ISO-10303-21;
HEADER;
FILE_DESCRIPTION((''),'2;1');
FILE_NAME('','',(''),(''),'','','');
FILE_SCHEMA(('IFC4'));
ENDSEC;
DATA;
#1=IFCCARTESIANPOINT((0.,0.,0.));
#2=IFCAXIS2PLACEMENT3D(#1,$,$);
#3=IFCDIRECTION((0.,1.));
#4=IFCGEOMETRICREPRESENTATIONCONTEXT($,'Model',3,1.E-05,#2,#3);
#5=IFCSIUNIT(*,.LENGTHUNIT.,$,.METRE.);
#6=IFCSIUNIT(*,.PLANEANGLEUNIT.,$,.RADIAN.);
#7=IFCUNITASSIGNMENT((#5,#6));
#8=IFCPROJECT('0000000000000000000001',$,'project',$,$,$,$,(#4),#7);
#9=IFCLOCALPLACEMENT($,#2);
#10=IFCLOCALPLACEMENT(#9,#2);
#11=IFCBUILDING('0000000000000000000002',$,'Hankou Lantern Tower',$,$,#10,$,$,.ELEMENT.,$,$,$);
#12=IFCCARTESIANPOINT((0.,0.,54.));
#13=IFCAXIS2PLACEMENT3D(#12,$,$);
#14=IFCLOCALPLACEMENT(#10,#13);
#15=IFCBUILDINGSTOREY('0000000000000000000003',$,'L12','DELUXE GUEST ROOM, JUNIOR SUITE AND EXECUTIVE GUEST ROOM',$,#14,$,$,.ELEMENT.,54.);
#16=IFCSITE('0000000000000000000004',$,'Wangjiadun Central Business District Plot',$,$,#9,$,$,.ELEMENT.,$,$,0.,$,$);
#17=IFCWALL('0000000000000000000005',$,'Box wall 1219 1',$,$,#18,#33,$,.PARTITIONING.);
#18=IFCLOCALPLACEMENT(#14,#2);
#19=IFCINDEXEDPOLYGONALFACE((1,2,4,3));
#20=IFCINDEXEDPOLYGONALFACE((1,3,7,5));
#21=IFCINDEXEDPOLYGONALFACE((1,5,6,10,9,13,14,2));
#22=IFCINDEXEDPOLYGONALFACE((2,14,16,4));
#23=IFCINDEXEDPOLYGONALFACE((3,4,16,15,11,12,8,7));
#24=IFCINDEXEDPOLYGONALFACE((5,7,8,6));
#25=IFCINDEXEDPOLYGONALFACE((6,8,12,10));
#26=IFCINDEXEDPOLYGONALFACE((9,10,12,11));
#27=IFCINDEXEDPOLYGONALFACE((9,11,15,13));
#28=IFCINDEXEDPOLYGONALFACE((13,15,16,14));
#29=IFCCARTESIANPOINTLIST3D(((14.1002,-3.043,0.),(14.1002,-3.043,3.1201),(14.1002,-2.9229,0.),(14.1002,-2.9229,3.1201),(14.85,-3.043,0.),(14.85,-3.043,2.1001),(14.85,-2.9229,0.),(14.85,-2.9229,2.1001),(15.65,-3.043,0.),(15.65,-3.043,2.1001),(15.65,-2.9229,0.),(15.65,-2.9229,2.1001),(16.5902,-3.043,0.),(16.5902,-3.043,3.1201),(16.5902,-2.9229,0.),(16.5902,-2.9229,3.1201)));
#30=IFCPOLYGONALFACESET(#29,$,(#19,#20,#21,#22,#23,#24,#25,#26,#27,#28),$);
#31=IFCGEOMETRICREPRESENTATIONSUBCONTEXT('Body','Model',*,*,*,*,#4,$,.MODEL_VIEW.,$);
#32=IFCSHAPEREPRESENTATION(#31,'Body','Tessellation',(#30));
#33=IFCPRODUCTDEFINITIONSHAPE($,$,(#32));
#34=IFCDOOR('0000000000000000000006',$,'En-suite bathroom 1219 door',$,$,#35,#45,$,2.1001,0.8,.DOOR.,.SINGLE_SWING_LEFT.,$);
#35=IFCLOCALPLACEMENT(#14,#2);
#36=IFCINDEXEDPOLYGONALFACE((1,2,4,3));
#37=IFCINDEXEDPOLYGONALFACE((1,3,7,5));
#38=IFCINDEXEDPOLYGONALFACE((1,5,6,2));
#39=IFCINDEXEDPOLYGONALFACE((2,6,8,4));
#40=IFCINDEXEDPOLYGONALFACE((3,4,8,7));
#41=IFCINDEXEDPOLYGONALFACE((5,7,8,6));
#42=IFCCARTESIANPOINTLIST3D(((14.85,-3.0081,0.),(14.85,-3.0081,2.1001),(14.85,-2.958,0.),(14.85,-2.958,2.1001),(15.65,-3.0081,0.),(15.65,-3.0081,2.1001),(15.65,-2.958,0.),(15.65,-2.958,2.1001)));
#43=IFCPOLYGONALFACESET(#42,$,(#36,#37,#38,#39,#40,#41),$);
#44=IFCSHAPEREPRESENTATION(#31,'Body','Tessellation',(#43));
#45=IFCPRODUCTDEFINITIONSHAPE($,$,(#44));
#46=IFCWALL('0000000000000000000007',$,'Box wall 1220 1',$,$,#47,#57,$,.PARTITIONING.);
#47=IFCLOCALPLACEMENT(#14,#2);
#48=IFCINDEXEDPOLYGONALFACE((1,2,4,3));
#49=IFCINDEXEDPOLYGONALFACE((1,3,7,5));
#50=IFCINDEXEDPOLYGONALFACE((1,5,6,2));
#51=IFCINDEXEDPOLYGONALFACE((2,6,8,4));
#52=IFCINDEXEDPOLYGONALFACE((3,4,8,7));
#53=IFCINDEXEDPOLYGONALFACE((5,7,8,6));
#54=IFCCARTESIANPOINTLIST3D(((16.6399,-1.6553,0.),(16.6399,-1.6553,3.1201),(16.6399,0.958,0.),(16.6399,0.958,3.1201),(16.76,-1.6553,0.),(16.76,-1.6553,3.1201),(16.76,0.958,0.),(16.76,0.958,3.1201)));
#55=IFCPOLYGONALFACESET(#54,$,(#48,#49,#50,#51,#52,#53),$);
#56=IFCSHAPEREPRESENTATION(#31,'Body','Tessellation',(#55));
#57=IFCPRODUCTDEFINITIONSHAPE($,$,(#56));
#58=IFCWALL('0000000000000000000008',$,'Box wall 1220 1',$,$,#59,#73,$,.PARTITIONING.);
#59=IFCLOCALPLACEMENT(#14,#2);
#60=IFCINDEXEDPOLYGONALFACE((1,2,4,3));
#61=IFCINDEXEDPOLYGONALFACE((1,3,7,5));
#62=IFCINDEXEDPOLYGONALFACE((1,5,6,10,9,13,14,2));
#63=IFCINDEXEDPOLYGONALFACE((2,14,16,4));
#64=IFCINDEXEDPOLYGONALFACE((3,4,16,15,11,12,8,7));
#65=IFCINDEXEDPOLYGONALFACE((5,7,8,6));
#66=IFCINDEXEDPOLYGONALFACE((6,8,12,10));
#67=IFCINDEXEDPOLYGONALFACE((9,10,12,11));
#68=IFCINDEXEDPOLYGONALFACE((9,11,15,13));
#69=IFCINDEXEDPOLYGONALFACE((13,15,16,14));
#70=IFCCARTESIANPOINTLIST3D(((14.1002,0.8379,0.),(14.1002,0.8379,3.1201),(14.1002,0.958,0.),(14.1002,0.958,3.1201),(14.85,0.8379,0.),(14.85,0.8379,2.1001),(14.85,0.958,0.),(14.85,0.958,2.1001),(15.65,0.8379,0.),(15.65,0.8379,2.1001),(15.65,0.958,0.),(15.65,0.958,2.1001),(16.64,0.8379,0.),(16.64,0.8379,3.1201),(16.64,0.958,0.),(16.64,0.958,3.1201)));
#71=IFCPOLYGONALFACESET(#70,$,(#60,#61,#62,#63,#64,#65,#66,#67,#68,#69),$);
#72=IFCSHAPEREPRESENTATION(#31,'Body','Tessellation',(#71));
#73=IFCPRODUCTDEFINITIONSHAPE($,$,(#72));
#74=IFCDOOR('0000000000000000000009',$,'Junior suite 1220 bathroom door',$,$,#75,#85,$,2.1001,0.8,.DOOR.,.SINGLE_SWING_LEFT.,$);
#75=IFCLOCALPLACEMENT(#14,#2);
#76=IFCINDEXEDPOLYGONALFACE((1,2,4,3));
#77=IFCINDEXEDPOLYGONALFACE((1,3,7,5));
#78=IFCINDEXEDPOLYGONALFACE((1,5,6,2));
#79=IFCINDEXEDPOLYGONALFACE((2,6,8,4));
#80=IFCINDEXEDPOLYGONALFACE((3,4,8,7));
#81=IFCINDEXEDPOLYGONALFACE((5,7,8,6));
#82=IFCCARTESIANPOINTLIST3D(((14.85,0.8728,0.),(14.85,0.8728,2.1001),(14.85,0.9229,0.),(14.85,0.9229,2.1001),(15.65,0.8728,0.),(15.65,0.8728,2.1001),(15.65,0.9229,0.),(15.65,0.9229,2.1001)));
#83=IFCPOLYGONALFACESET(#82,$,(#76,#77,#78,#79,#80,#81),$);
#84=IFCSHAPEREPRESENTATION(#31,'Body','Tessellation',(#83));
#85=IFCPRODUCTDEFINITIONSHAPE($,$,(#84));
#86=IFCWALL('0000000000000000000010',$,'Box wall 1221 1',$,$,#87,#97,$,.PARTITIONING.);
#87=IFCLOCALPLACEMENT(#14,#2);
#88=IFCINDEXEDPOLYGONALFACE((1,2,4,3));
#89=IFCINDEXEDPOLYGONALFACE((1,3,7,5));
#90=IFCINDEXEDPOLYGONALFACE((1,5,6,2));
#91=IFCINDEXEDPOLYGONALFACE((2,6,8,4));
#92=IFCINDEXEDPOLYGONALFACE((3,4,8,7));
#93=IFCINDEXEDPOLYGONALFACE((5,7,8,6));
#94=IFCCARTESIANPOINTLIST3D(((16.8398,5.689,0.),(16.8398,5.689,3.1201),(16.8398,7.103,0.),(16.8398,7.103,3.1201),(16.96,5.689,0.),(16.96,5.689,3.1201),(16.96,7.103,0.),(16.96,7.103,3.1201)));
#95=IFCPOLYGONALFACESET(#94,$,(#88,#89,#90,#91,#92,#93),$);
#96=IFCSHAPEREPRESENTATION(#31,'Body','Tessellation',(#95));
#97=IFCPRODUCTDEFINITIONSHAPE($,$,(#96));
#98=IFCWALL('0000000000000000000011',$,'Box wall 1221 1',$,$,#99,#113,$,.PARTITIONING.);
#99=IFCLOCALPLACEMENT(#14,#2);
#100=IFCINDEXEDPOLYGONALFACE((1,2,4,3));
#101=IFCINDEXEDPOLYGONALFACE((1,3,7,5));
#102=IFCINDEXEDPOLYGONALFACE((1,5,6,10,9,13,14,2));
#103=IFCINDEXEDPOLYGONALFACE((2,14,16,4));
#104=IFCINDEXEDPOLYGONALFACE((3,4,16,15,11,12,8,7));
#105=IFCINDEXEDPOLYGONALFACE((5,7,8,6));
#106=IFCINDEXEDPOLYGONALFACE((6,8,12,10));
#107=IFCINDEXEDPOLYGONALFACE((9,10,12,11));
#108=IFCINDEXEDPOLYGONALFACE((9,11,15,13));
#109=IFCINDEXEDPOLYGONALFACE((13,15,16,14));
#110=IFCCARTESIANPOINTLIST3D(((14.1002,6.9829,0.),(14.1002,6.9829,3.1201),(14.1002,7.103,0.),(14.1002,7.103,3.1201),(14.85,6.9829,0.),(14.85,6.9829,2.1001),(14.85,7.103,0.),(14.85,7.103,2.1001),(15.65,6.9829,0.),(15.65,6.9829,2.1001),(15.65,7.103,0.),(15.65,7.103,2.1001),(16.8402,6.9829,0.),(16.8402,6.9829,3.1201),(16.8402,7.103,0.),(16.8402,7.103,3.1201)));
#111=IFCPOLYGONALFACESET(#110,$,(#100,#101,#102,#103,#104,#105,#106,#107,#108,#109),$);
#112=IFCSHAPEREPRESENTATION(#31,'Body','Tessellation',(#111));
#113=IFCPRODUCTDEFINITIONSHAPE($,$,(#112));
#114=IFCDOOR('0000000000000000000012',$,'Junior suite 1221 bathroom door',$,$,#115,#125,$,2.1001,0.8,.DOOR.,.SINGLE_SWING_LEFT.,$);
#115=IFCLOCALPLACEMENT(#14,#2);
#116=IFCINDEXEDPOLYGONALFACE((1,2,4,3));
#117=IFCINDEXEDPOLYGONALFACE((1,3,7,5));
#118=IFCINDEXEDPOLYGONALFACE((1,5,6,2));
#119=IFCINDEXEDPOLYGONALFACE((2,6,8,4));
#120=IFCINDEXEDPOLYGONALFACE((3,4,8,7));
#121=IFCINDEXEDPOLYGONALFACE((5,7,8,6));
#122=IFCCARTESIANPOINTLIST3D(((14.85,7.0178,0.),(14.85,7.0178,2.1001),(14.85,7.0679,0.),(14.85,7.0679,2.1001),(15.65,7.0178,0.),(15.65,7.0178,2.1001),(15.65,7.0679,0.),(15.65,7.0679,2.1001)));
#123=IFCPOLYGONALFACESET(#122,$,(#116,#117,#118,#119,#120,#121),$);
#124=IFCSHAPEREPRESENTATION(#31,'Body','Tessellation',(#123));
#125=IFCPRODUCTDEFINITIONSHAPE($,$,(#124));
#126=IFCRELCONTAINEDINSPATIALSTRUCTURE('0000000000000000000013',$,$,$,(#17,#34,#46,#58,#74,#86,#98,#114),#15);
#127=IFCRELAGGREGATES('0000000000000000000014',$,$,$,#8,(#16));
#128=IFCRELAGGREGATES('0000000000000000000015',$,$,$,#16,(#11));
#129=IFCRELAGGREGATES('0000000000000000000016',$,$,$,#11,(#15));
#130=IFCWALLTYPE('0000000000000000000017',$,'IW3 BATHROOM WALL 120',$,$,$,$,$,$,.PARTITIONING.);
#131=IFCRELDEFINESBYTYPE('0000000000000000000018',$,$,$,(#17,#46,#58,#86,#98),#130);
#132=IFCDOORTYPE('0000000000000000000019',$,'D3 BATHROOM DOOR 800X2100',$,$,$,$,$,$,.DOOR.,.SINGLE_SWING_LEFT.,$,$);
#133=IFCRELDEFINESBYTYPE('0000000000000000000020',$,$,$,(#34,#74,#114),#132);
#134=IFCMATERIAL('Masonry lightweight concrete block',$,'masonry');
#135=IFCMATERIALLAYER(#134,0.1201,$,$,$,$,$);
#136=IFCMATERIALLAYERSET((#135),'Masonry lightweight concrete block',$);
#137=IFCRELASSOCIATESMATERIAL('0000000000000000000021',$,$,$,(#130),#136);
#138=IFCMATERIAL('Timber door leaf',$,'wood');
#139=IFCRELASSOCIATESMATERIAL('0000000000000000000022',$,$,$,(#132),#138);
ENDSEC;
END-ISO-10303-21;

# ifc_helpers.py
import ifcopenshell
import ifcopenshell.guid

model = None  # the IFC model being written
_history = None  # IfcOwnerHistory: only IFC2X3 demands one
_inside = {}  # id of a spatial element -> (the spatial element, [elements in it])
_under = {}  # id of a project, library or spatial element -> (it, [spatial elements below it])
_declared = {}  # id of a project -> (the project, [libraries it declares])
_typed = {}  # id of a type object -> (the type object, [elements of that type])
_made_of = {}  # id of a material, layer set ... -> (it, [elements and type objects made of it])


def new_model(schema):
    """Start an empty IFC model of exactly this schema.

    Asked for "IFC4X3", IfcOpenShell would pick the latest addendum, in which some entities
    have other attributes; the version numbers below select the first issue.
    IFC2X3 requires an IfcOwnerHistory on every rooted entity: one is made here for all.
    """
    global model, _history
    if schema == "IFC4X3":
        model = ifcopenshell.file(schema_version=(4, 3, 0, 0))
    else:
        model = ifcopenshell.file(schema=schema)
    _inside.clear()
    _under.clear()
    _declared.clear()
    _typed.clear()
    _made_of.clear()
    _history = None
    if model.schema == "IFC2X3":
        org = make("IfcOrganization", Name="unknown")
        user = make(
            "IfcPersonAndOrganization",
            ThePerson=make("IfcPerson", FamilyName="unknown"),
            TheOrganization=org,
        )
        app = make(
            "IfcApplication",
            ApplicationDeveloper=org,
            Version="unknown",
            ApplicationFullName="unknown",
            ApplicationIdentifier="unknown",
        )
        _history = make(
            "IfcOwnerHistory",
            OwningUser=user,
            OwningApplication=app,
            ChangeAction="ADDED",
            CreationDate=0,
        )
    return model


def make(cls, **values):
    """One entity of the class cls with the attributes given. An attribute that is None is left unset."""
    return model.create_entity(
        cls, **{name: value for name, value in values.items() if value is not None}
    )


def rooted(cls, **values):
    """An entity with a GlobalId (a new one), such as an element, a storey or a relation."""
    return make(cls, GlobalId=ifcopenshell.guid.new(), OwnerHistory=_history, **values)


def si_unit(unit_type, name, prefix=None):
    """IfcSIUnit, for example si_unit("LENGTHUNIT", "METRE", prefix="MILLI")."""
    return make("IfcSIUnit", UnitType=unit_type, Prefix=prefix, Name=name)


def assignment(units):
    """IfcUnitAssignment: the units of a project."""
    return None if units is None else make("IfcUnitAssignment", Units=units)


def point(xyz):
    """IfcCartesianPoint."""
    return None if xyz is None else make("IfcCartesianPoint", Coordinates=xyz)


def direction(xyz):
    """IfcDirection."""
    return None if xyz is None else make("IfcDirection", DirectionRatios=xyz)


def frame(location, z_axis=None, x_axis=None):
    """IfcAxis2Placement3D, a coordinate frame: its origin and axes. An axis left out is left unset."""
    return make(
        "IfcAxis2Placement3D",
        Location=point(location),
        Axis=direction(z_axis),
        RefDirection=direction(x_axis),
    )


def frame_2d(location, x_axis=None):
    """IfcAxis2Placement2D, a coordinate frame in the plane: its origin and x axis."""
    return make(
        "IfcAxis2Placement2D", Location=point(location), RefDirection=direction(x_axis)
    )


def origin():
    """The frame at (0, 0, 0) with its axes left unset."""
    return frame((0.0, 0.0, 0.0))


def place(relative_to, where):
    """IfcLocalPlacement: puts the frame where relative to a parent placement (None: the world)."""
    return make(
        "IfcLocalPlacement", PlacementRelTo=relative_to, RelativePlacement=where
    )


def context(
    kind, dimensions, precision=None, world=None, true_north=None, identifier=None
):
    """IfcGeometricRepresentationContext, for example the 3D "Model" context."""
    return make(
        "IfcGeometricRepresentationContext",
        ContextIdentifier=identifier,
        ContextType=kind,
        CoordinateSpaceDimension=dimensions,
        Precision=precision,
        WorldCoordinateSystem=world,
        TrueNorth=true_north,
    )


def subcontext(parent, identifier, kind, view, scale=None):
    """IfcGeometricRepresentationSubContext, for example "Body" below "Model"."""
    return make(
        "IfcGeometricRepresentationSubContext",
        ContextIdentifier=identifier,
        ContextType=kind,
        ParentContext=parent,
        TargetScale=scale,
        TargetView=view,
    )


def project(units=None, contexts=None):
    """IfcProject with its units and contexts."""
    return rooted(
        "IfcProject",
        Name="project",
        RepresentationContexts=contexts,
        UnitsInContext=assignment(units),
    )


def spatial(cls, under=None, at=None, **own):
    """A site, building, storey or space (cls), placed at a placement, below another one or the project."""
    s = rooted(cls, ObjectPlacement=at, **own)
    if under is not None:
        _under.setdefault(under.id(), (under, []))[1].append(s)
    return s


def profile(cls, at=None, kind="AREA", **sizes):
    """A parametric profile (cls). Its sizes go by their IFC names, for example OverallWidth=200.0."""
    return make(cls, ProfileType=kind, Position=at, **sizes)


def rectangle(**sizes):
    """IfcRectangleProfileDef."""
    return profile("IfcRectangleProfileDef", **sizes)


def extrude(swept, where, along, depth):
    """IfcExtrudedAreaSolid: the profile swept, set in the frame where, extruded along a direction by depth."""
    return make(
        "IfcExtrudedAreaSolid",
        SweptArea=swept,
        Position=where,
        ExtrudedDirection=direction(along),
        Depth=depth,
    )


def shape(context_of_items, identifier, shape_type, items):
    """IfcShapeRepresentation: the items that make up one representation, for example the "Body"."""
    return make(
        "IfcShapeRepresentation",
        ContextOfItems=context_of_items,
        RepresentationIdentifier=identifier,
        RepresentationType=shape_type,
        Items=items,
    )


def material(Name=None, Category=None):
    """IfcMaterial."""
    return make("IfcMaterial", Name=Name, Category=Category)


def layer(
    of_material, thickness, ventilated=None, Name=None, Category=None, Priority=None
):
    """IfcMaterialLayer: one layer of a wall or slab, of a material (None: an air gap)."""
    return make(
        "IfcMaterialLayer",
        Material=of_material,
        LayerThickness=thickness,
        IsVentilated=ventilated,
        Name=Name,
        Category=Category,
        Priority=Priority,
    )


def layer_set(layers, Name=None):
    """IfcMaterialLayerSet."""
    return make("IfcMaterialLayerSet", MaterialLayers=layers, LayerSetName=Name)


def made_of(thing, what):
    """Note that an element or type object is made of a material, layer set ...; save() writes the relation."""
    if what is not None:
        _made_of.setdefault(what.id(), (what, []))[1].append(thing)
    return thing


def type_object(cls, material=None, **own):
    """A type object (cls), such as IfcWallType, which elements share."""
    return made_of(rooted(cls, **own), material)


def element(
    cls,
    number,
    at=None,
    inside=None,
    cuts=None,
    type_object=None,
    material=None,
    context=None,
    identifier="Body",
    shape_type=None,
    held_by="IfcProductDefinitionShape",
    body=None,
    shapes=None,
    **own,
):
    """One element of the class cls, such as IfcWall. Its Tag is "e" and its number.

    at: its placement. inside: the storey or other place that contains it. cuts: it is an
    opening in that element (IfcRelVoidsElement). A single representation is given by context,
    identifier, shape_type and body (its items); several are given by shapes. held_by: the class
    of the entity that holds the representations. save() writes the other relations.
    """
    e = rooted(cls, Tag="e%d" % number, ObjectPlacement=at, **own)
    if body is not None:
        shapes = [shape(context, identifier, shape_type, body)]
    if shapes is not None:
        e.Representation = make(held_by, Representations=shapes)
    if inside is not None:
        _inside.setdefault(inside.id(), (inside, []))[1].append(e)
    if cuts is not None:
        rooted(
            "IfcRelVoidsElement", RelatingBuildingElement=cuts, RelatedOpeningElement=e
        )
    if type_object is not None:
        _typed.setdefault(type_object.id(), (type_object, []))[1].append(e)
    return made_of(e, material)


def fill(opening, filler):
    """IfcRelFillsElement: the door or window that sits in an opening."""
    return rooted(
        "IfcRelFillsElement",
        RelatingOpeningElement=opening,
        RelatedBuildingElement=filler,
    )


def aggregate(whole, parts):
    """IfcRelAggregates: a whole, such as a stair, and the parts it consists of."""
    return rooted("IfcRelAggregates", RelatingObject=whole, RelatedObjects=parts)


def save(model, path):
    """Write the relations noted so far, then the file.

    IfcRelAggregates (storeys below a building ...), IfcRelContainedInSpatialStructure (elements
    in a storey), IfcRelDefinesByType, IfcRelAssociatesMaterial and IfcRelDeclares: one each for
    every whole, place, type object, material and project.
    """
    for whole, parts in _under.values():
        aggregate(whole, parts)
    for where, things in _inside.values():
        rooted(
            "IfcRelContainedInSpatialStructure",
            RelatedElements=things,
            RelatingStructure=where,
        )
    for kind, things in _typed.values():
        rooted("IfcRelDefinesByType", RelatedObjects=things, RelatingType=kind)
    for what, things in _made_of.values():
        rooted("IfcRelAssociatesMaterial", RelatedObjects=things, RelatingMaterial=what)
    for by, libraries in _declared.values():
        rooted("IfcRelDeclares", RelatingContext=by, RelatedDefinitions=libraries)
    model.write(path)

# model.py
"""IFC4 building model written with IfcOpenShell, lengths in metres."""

from ifc_helpers import new_model, si_unit, direction, frame, frame_2d, origin, place, context, subcontext, project, spatial, rectangle, extrude, material, layer, layer_set, type_object, element, fill, save


model = new_model("IFC4")

# Units and contexts
model_context = context("Model", 3, precision=1e-05, world=origin(), true_north=direction((0.0, 1.0)))
body_context = subcontext(model_context, "Body", "Model", "MODEL_VIEW")
ifc_project = project(units=[si_unit("LENGTHUNIT", "METRE"), si_unit("PLANEANGLEUNIT", "RADIAN")], contexts=[model_context])

# Site, building, storey
site_placement = place(None, origin())
site = spatial("IfcSite", under=ifc_project, at=site_placement, Name="Wangjiadun Central Business District Plot", CompositionType="ELEMENT", RefElevation=0.0)
building_placement = place(site_placement, origin())
building = spatial("IfcBuilding", under=site, at=building_placement, Name="Hankou Lantern Tower", CompositionType="ELEMENT")
storey_placement = place(building_placement, frame((0.0, 0.0, 54.0)))
storey = spatial("IfcBuildingStorey", under=building, at=storey_placement, Name="L12", Description="DELUXE GUEST ROOM, JUNIOR SUITE AND EXECUTIVE GUEST ROOM", CompositionType="ELEMENT", Elevation=54.0)

# Wall, opening, door
ifc_material_1 = material(Name="Masonry lightweight concrete block", Category="masonry")
ifc_layer_1 = layer(ifc_material_1, 0.1201)
ifc_layer_set_1 = layer_set([ifc_layer_1], Name="Masonry lightweight concrete block")
wall_type_1 = type_object("IfcWallType", Name="IW3 BATHROOM WALL 120", PredefinedType="PARTITIONING", material=ifc_layer_set_1)
wall_1_placement = place(storey_placement, frame((14.1001, -2.9829, 0.0), z_axis=(0.0, 0.0, 1.0), x_axis=(1.0, 0.0, 0.0)))
wall_1 = element("IfcWall", 1, at=wall_1_placement, inside=storey, type_object=wall_type_1, Name="Box wall 1219 1", PredefinedType="PARTITIONING", context=body_context, shape_type="SweptSolid", body=[
    extrude(rectangle(XDim=2.49, YDim=0.1201, at=frame_2d((1.2451, 0.0))), origin(), (0.0, 0.0, 1.0), 3.1201),
])
opening_1_placement = place(wall_1_placement, frame((0.75, 0.0, 0.0)))
opening_1 = element("IfcOpeningElement", 2, at=opening_1_placement, cuts=wall_1, PredefinedType="OPENING", context=body_context, shape_type="SweptSolid", body=[
    extrude(rectangle(XDim=0.8, YDim=2.1001, at=frame_2d((0.3999, 1.05))), frame((0.0, 0.0701, 0.0), z_axis=(0.0, -1.0, 0.0), x_axis=(1.0, 0.0, 0.0)), (0.0, 0.0, 1.0), 0.1401),
])
ifc_material_2 = material(Name="Timber door leaf", Category="wood")
door_type = type_object("IfcDoorType", Name="D3 BATHROOM DOOR 800X2100", OperationType="SINGLE_SWING_LEFT", PredefinedType="DOOR", material=ifc_material_2)
door_1_placement = place(opening_1_placement, origin())
door_1 = element("IfcDoor", 3, at=door_1_placement, inside=storey, type_object=door_type, Name="En-suite bathroom 1219 door", OperationType="SINGLE_SWING_LEFT", OverallHeight=2.1001, OverallWidth=0.8, PredefinedType="DOOR", context=body_context, shape_type="SweptSolid", body=[
    extrude(rectangle(XDim=0.8, YDim=2.1001, at=frame_2d((0.3999, 1.05))), frame((0.0, 0.0249, 0.0), z_axis=(0.0, -1.0, 0.0), x_axis=(1.0, 0.0, 0.0)), (0.0, 0.0, 1.0), 0.05),
])
fill(opening_1, door_1)

# Wall
wall_2_placement = place(storey_placement, frame((16.7, -1.6553, 0.0), z_axis=(0.0, 0.0, 1.0), x_axis=(0.0, 1.0, 0.0)))
element("IfcWall", 4, at=wall_2_placement, inside=storey, type_object=wall_type_1, Name="Box wall 1220 1", PredefinedType="PARTITIONING", context=body_context, shape_type="SweptSolid", body=[
    extrude(rectangle(XDim=2.6133, YDim=0.1201, at=frame_2d((1.3066, 0.0))), origin(), (0.0, 0.0, 1.0), 3.1201),
])

# Wall, opening, door
wall_3_placement = place(storey_placement, frame((14.1001, 0.8979, 0.0), z_axis=(0.0, 0.0, 1.0), x_axis=(1.0, 0.0, 0.0)))
wall_3 = element("IfcWall", 5, at=wall_3_placement, inside=storey, type_object=wall_type_1, Name="Box wall 1220 1", PredefinedType="PARTITIONING", context=body_context, shape_type="SweptSolid", body=[
    extrude(rectangle(XDim=2.5398, YDim=0.1201, at=frame_2d((1.27, 0.0))), origin(), (0.0, 0.0, 1.0), 3.1201),
])
opening_2_placement = place(wall_3_placement, frame((0.75, 0.0, 0.0)))
opening_2 = element("IfcOpeningElement", 6, at=opening_2_placement, cuts=wall_3, PredefinedType="OPENING", context=body_context, shape_type="SweptSolid", body=[
    extrude(rectangle(XDim=0.8, YDim=2.1001, at=frame_2d((0.3999, 1.05))), frame((0.0, 0.0701, 0.0), z_axis=(0.0, -1.0, 0.0), x_axis=(1.0, 0.0, 0.0)), (0.0, 0.0, 1.0), 0.1401),
])
door_2_placement = place(opening_2_placement, origin())
door_2 = element("IfcDoor", 7, at=door_2_placement, inside=storey, type_object=door_type, Name="Junior suite 1220 bathroom door", OperationType="SINGLE_SWING_LEFT", OverallHeight=2.1001, OverallWidth=0.8, PredefinedType="DOOR", context=body_context, shape_type="SweptSolid", body=[
    extrude(rectangle(XDim=0.8, YDim=2.1001, at=frame_2d((0.3999, 1.05))), frame((0.0, 0.0249, 0.0), z_axis=(0.0, -1.0, 0.0), x_axis=(1.0, 0.0, 0.0)), (0.0, 0.0, 1.0), 0.05),
])
fill(opening_2, door_2)

# Wall
wall_4_placement = place(storey_placement, frame((16.8999, 5.689, 0.0), z_axis=(0.0, 0.0, 1.0), x_axis=(0.0, 1.0, 0.0)))
element("IfcWall", 8, at=wall_4_placement, inside=storey, type_object=wall_type_1, Name="Box wall 1221 1", PredefinedType="PARTITIONING", context=body_context, shape_type="SweptSolid", body=[
    extrude(rectangle(XDim=1.4141, YDim=0.1201, at=frame_2d((0.707, 0.0))), origin(), (0.0, 0.0, 1.0), 3.1201),
])

# Wall, opening, door
wall_5_placement = place(storey_placement, frame((14.1001, 7.043, 0.0), z_axis=(0.0, 0.0, 1.0), x_axis=(1.0, 0.0, 0.0)))
wall_5 = element("IfcWall", 9, at=wall_5_placement, inside=storey, type_object=wall_type_1, Name="Box wall 1221 1", PredefinedType="PARTITIONING", context=body_context, shape_type="SweptSolid", body=[
    extrude(rectangle(XDim=2.74, YDim=0.1201, at=frame_2d((1.3701, 0.0))), origin(), (0.0, 0.0, 1.0), 3.1201),
])
opening_3_placement = place(wall_5_placement, frame((0.75, 0.0, 0.0)))
opening_3 = element("IfcOpeningElement", 10, at=opening_3_placement, cuts=wall_5, PredefinedType="OPENING", context=body_context, shape_type="SweptSolid", body=[
    extrude(rectangle(XDim=0.8, YDim=2.1001, at=frame_2d((0.3999, 1.05))), frame((0.0, 0.0701, 0.0), z_axis=(0.0, -1.0, 0.0), x_axis=(1.0, 0.0, 0.0)), (0.0, 0.0, 1.0), 0.1401),
])
door_3_placement = place(opening_3_placement, origin())
door_3 = element("IfcDoor", 11, at=door_3_placement, inside=storey, type_object=door_type, Name="Junior suite 1221 bathroom door", OperationType="SINGLE_SWING_LEFT", OverallHeight=2.1001, OverallWidth=0.8, PredefinedType="DOOR", context=body_context, shape_type="SweptSolid", body=[
    extrude(rectangle(XDim=0.8, YDim=2.1001, at=frame_2d((0.3999, 1.05))), frame((0.0, 0.0249, 0.0), z_axis=(0.0, -1.0, 0.0), x_axis=(1.0, 0.0, 0.0)), (0.0, 0.0, 1.0), 0.05),
])
fill(opening_3, door_3)

save(model, "model.ifc")
